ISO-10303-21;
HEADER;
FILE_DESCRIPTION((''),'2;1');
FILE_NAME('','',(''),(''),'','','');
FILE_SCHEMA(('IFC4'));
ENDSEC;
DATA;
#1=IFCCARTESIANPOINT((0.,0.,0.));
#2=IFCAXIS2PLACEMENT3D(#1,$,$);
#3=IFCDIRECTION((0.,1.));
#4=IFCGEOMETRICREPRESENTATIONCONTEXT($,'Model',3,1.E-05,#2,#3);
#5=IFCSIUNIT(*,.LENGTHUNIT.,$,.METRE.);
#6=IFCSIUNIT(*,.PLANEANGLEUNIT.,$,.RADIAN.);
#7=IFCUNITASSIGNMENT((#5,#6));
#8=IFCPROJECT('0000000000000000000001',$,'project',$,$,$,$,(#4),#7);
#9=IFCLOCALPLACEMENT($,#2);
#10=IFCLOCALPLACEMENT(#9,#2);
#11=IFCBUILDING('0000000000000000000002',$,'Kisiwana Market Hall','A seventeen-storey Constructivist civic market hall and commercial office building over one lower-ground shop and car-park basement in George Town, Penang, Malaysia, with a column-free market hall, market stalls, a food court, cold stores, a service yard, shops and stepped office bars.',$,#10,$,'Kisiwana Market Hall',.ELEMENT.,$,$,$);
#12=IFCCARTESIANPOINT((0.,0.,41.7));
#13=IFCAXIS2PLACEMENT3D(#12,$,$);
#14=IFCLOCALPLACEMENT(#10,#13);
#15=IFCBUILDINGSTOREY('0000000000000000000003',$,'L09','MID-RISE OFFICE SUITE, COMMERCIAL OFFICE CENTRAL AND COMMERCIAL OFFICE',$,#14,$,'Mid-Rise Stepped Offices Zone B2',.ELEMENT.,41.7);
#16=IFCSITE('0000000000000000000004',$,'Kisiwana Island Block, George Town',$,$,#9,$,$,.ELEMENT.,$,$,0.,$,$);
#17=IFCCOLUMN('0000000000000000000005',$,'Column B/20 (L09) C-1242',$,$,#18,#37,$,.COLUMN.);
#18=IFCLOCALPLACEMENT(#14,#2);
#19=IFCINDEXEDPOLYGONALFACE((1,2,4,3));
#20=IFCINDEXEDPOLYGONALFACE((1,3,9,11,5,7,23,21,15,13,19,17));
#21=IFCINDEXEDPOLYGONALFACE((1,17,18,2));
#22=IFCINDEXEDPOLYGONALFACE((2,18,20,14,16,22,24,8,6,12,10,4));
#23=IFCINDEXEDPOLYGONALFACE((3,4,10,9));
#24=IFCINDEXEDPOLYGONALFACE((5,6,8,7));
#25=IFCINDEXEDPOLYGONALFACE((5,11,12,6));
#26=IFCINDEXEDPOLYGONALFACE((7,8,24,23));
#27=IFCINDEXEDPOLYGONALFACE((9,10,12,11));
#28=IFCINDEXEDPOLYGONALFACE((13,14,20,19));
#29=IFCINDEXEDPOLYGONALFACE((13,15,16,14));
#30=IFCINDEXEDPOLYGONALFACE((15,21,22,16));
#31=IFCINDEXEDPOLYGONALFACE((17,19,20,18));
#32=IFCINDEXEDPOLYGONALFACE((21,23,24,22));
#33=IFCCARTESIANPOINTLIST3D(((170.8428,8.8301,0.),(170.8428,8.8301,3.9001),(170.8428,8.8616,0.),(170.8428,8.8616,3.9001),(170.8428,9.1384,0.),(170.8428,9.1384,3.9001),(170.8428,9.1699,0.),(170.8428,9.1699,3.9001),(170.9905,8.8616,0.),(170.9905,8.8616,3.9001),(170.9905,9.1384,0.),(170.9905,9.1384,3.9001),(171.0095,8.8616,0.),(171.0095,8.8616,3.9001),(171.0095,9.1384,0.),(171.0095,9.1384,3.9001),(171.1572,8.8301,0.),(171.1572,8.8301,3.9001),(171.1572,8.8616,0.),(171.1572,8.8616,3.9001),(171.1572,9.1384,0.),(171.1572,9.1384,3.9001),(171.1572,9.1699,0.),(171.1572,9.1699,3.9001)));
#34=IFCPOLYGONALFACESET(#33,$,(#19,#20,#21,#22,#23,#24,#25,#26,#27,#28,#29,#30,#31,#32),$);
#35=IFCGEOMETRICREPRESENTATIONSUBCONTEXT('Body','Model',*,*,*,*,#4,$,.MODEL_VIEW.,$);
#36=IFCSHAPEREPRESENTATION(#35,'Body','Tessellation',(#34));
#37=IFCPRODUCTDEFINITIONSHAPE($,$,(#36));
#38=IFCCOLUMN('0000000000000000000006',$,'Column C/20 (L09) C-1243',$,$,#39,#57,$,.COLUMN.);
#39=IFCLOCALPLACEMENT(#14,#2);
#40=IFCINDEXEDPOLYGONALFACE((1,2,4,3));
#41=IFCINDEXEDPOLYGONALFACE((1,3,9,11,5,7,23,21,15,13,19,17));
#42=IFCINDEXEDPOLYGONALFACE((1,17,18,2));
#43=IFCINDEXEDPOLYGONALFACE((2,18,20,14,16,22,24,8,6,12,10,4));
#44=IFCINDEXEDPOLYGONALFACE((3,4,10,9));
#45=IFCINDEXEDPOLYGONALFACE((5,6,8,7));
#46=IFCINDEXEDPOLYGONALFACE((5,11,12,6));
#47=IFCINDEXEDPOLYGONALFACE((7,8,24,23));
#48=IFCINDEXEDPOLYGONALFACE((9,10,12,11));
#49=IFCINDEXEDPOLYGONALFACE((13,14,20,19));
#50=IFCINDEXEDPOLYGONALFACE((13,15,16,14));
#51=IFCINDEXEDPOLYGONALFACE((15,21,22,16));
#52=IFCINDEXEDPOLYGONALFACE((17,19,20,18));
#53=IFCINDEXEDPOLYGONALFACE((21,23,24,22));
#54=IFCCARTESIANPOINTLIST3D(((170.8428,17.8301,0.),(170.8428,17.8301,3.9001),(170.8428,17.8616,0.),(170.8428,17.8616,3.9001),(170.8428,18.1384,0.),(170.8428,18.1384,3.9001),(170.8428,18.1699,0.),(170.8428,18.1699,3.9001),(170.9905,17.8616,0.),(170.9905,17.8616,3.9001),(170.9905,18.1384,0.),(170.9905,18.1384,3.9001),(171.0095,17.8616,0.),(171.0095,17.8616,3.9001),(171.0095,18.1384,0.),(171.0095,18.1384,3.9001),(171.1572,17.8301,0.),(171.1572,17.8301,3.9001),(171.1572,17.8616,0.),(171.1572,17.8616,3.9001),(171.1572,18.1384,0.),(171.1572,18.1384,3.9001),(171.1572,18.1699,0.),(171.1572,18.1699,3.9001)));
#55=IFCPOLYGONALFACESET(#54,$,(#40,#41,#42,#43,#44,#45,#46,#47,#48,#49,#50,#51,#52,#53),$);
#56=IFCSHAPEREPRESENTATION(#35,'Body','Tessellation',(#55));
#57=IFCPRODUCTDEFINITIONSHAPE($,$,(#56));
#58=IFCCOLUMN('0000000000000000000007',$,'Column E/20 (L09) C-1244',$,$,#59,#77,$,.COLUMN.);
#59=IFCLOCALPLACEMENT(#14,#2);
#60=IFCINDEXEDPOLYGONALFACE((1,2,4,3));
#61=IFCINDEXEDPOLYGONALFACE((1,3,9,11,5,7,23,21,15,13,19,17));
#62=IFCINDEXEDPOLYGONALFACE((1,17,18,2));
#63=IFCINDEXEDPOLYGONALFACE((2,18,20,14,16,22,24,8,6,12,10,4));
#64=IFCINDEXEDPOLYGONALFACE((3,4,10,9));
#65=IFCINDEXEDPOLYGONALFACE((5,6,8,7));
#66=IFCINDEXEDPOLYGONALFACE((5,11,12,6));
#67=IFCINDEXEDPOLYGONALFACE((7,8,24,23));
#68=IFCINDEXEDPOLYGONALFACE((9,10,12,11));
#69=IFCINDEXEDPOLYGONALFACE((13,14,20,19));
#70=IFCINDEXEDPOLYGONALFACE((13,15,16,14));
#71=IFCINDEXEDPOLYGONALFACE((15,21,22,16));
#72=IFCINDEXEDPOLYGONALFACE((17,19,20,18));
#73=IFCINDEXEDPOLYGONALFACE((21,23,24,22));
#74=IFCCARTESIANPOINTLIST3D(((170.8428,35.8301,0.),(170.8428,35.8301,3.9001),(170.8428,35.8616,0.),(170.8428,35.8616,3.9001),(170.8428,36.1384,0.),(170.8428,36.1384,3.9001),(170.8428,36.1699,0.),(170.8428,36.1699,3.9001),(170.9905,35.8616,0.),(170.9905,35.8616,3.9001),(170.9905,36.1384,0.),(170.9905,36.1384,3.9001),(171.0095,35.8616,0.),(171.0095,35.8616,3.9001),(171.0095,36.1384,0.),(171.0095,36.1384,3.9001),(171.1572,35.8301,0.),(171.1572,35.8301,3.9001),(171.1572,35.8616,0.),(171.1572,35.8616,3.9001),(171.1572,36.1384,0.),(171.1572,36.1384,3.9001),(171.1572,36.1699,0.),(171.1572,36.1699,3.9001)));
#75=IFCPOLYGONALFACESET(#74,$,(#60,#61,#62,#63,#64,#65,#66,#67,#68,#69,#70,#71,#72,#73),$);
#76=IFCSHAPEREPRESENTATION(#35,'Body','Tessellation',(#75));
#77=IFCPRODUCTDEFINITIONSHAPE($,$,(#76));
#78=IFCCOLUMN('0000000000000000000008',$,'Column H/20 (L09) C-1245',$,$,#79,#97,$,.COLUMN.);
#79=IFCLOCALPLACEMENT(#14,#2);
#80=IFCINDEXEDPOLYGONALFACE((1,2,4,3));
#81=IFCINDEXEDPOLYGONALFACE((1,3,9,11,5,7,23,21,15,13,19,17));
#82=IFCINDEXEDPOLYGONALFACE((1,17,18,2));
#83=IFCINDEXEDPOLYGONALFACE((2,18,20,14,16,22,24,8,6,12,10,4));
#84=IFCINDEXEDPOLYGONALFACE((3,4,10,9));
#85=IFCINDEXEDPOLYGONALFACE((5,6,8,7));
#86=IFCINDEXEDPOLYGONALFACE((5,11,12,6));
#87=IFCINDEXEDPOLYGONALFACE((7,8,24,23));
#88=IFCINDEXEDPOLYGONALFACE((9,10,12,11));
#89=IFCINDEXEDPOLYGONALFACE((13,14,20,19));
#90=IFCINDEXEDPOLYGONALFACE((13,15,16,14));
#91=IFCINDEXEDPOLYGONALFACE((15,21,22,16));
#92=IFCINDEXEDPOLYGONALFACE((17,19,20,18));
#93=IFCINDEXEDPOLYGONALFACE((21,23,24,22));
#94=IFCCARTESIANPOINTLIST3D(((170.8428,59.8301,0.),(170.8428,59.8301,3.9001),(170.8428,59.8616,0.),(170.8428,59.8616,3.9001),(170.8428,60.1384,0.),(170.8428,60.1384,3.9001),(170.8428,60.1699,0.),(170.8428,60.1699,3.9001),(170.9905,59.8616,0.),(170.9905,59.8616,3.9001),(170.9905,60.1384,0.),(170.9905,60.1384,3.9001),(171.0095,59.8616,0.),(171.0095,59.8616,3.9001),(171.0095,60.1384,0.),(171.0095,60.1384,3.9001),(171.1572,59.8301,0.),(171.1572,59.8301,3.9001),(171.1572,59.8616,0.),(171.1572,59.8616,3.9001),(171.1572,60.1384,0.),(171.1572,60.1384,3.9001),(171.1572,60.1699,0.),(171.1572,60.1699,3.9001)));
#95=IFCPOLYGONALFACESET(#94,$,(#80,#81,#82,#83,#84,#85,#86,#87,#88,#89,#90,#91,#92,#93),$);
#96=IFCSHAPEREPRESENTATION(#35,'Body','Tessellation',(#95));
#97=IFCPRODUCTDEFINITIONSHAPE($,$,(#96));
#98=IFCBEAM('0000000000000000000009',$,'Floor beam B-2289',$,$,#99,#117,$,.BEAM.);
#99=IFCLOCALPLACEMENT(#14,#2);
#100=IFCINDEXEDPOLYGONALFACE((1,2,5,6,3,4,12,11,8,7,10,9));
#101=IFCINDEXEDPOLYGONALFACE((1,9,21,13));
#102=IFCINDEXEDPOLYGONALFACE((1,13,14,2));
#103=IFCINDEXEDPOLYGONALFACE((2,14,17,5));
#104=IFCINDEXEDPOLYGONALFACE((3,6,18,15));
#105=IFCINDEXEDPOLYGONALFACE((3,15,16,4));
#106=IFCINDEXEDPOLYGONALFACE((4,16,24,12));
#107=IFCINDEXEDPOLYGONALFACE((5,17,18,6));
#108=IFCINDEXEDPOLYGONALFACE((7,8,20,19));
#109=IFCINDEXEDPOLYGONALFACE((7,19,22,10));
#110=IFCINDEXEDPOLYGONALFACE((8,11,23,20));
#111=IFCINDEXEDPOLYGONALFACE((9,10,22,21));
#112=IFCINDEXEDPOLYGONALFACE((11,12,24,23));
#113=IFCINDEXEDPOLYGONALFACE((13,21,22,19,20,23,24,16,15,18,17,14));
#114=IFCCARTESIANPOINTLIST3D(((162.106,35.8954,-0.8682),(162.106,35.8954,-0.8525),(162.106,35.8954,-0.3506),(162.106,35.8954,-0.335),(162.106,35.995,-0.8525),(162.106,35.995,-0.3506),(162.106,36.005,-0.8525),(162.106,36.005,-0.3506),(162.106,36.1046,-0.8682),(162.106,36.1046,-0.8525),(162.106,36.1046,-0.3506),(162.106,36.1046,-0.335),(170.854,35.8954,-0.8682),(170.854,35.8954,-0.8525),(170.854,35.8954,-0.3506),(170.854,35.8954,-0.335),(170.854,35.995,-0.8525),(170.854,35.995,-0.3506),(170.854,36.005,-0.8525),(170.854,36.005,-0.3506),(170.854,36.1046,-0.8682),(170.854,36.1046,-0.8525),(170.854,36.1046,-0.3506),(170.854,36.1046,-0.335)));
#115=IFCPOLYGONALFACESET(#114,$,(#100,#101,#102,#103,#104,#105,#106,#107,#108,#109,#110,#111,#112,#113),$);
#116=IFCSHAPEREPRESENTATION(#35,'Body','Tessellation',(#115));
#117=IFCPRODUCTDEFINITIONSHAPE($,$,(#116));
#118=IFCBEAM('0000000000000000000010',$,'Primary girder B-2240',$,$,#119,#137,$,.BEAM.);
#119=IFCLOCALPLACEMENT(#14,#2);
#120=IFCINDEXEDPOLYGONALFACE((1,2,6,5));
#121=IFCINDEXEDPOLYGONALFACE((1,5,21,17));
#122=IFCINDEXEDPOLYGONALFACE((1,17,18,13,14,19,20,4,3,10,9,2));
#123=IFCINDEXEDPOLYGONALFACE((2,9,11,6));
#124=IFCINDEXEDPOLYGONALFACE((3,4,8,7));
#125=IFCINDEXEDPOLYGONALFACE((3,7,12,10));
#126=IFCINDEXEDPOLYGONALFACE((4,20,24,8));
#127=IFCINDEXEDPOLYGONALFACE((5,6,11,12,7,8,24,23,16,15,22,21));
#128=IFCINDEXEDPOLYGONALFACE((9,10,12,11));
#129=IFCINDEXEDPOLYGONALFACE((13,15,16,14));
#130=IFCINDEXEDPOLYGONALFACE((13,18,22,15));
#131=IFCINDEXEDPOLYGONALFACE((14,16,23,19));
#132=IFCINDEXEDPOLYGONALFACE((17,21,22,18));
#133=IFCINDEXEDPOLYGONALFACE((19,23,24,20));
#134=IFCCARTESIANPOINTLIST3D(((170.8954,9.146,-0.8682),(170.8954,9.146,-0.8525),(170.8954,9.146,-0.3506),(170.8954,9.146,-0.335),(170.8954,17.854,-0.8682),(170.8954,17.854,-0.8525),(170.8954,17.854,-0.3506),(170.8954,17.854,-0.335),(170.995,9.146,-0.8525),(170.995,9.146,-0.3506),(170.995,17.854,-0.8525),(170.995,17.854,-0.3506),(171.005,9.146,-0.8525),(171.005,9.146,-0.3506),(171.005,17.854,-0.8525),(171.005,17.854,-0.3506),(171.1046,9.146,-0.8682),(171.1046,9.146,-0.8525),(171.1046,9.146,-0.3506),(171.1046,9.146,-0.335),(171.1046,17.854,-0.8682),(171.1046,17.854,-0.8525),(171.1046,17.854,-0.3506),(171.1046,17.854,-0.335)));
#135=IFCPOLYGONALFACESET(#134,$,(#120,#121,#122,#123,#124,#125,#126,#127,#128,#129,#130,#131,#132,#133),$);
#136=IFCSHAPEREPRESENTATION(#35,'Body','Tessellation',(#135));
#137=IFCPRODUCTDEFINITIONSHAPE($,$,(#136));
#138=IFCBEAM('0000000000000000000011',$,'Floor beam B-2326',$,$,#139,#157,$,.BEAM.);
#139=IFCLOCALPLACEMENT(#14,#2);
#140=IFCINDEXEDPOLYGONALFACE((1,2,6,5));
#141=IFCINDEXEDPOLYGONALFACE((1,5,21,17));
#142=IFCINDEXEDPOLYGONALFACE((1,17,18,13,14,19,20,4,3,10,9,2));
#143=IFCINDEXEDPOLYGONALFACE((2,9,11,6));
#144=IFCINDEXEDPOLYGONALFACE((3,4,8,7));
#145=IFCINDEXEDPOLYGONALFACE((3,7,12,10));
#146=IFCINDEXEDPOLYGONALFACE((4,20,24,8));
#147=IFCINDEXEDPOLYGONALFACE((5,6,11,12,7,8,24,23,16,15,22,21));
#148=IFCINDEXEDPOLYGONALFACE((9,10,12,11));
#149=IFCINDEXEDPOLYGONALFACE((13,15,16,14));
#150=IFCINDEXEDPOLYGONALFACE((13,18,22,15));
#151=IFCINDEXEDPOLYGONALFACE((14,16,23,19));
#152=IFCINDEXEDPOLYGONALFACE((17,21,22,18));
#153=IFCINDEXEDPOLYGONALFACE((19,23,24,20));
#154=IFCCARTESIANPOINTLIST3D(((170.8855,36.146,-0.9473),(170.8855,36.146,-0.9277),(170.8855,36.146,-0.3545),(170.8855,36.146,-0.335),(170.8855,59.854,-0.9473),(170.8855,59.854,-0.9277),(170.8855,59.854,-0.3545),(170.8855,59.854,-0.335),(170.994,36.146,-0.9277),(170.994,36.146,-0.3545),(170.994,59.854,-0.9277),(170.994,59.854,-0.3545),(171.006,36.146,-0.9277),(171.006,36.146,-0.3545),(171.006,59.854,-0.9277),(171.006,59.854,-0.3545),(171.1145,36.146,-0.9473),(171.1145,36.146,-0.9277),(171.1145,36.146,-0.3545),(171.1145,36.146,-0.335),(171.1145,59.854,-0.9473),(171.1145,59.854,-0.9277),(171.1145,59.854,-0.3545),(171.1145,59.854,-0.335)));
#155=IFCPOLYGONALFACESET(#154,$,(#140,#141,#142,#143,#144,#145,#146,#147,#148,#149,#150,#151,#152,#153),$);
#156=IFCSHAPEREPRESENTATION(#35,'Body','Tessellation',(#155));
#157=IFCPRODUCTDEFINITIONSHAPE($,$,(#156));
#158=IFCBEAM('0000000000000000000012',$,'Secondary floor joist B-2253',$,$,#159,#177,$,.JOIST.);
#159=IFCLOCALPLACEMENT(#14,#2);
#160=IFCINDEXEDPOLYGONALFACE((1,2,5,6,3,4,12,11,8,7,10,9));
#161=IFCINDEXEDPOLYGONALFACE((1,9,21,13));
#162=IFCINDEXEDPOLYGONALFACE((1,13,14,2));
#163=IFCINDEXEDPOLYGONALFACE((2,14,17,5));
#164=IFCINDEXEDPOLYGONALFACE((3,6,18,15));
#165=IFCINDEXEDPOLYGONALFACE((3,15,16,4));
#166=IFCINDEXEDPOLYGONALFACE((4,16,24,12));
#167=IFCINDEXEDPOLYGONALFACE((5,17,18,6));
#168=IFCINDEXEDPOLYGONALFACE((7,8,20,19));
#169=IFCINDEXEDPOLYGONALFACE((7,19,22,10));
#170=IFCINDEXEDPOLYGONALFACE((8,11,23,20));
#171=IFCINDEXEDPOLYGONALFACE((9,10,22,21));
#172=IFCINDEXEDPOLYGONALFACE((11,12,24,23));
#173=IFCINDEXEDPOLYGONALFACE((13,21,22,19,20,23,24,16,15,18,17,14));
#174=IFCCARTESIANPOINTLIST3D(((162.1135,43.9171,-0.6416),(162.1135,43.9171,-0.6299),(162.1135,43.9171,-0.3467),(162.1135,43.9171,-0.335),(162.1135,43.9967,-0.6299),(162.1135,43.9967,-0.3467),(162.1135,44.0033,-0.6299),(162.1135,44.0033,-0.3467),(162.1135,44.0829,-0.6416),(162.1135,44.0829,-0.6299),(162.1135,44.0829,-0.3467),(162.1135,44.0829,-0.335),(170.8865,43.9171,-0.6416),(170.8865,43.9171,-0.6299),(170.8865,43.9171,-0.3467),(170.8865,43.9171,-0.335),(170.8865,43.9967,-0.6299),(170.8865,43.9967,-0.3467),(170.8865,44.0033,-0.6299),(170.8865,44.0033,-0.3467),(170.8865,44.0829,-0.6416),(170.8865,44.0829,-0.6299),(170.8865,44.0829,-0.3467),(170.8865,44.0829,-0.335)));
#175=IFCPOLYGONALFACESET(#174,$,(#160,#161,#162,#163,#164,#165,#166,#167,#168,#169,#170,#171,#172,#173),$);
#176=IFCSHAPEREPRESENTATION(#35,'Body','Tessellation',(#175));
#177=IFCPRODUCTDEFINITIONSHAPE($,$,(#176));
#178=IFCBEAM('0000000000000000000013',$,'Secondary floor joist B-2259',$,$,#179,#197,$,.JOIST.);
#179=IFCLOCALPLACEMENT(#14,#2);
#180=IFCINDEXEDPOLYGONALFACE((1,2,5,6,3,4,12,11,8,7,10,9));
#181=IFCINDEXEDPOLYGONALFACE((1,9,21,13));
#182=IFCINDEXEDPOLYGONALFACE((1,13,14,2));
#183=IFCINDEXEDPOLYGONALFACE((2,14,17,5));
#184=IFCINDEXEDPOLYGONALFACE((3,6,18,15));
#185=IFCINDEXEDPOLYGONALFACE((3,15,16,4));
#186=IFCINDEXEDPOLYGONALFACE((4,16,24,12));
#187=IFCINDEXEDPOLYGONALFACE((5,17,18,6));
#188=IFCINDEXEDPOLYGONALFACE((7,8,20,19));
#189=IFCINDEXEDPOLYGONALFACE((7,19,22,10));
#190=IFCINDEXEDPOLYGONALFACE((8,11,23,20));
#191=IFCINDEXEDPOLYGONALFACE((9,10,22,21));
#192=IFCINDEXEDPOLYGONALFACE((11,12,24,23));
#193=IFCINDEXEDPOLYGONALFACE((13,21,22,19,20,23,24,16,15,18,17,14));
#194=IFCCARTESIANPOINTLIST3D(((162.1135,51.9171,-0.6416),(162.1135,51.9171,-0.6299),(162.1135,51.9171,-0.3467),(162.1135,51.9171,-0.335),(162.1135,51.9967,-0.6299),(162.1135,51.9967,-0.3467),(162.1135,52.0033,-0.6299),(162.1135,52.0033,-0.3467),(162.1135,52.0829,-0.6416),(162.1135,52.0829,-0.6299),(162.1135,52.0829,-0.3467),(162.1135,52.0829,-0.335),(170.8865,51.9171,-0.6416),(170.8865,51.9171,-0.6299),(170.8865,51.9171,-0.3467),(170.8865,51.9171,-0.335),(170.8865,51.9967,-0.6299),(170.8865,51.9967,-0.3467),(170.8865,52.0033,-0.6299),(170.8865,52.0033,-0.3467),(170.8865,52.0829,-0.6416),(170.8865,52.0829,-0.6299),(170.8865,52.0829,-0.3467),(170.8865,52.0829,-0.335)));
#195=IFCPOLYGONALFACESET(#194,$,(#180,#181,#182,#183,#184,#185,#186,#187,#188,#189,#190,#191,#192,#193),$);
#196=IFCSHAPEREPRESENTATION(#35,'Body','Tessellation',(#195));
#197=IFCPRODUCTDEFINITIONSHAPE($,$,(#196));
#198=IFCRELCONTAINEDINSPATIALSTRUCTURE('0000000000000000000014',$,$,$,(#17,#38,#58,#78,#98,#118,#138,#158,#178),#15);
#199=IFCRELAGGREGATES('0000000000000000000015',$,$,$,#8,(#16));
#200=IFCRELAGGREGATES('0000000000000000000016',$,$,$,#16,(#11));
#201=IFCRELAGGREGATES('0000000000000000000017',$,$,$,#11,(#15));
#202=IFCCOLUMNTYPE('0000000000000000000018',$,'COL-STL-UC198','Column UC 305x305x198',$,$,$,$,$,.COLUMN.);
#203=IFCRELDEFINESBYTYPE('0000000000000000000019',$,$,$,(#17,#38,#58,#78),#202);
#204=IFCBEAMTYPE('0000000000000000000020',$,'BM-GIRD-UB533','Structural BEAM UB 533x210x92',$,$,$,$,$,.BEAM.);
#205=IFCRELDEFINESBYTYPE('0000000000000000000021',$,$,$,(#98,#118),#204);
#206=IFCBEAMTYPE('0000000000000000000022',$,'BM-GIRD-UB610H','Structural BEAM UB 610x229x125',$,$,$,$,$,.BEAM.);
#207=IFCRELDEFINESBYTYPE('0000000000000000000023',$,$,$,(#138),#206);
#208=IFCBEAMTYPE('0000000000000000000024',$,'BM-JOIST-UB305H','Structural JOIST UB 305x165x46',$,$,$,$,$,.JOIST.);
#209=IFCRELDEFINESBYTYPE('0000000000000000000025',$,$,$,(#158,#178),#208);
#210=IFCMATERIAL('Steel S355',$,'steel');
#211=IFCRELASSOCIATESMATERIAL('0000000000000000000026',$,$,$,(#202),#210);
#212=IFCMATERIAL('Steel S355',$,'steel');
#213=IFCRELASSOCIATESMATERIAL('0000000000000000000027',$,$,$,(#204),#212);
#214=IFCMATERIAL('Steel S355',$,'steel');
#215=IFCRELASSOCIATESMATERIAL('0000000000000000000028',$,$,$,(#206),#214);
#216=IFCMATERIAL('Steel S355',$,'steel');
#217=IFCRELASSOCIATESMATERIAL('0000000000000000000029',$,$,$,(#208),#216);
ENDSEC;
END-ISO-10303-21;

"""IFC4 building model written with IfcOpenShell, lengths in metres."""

from ifc_helpers import new_model, si_unit, direction, frame, origin, origin_2d, place, context, subcontext, project, spatial, i_section, extrude, material, material_profile, profile_set, type_object, element, save


model = new_model("IFC4")

# Units and contexts
model_context = context("Model", 3, precision=1e-05, world=origin(), true_north=direction((0.0, 1.0)))
body_context = subcontext(model_context, "Body", "Model", "MODEL_VIEW")
ifc_project = project(units=[si_unit("LENGTHUNIT", "METRE"), si_unit("PLANEANGLEUNIT", "RADIAN")], contexts=[model_context])

# Site, building, storey
site_placement = place(None, origin())
site = spatial("IfcSite", under=ifc_project, at=site_placement, Name="Kisiwana Island Block, George Town", CompositionType="ELEMENT", RefElevation=0.0)
building_placement = place(site_placement, origin())
building = spatial("IfcBuilding", under=site, at=building_placement, Name="Kisiwana Market Hall", Description="A seventeen-storey Constructivist civic market hall and commercial office building over one lower-ground shop and car-park basement in George Town, Penang, Malaysia, with a column-free market hall, market stalls, a food court, cold stores, a service yard, shops and stepped office bars.", LongName="Kisiwana Market Hall", CompositionType="ELEMENT")
storey_placement = place(building_placement, frame((0.0, 0.0, 41.7)))
storey = spatial("IfcBuildingStorey", under=building, at=storey_placement, Name="L09", Description="MID-RISE OFFICE SUITE, COMMERCIAL OFFICE CENTRAL AND COMMERCIAL OFFICE", LongName="Mid-Rise Stepped Offices Zone B2", CompositionType="ELEMENT", Elevation=41.7)

# Columns
ifc_material_1 = material(Name="Steel S355", Category="steel")
ifc_material_profile_1 = material_profile(ifc_material_1, i_section(OverallWidth=0.3145, OverallDepth=0.3398, WebThickness=0.019, FlangeThickness=0.0315, at=origin_2d()), Name="UC 305x305x198")
ifc_profile_set_1 = profile_set([ifc_material_profile_1], Name="Steel S355")
column_type = type_object("IfcColumnType", Name="COL-STL-UC198", Description="Column UC 305x305x198", PredefinedType="COLUMN", material=ifc_profile_set_1)
for number, where, z_axis, x_axis, name in (
    (1, (171.0, 9.0, 0.0), (0.0, 0.0, 1.0), (1.0, 0.0, 0.0), "Column B/20 (L09) C-1242"),
    (2, (171.0, 18.0, 0.0), (0.0, 0.0, 1.0), (1.0, 0.0, 0.0), "Column C/20 (L09) C-1243"),
    (3, (171.0, 36.0, 0.0), (0.0, 0.0, 1.0), (1.0, 0.0, 0.0), "Column E/20 (L09) C-1244"),
    (4, (171.0, 60.0, 0.0), (0.0, 0.0, 1.0), (1.0, 0.0, 0.0), "Column H/20 (L09) C-1245"),
):
    element("IfcColumn", number, at=place(storey_placement, frame(where, z_axis=z_axis, x_axis=x_axis)), inside=storey, type_object=column_type, Name=name, PredefinedType="COLUMN", context=body_context, shape_type="SweptSolid", body=[
        extrude(i_section(OverallWidth=0.3145, OverallDepth=0.3398, WebThickness=0.019, FlangeThickness=0.0315, at=origin_2d()), origin(), (0.0, 0.0, 1.0), 3.9001),
    ])

# Beams
ifc_material_2 = material(Name="Steel S355", Category="steel")
ifc_material_profile_2 = material_profile(ifc_material_2, i_section(OverallWidth=0.2092, OverallDepth=0.5332, WebThickness=0.01, FlangeThickness=0.0156, at=origin_2d()), Name="UB 533x210x92")
ifc_profile_set_2 = profile_set([ifc_material_profile_2], Name="Steel S355")
beam_type_1 = type_object("IfcBeamType", Name="BM-GIRD-UB533", Description="Structural BEAM UB 533x210x92", PredefinedType="BEAM", material=ifc_profile_set_2)
beam_1_placement = place(storey_placement, frame((162.106, 36.0, -0.6016), z_axis=(1.0, 0.0, 0.0), x_axis=(0.0, 1.0, 0.0)))
element("IfcBeam", 5, at=beam_1_placement, inside=storey, type_object=beam_type_1, Name="Floor beam B-2289", PredefinedType="BEAM", context=body_context, shape_type="SweptSolid", body=[
    extrude(i_section(OverallWidth=0.2092, OverallDepth=0.5332, WebThickness=0.01, FlangeThickness=0.0156, at=origin_2d()), origin(), (0.0, 0.0, 1.0), 8.748),
])
beam_2_placement = place(storey_placement, frame((171.0, 9.146, -0.6016), z_axis=(0.0, 1.0, 0.0), x_axis=(-1.0, 0.0, 0.0)))
element("IfcBeam", 6, at=beam_2_placement, inside=storey, type_object=beam_type_1, Name="Primary girder B-2240", PredefinedType="BEAM", context=body_context, shape_type="SweptSolid", body=[
    extrude(i_section(OverallWidth=0.2092, OverallDepth=0.5332, WebThickness=0.01, FlangeThickness=0.0156, at=origin_2d()), origin(), (0.0, 0.0, 1.0), 8.708),
])
ifc_material_3 = material(Name="Steel S355", Category="steel")
ifc_material_profile_3 = material_profile(ifc_material_3, i_section(OverallWidth=0.229, OverallDepth=0.6123, WebThickness=0.012, FlangeThickness=0.0195, at=origin_2d()), Name="UB 610x229x125")
ifc_profile_set_3 = profile_set([ifc_material_profile_3], Name="Steel S355")
beam_type_2 = type_object("IfcBeamType", Name="BM-GIRD-UB610H", Description="Structural BEAM UB 610x229x125", PredefinedType="BEAM", material=ifc_profile_set_3)
beam_3_placement = place(storey_placement, frame((171.0, 36.146, -0.6411), z_axis=(0.0, 1.0, 0.0), x_axis=(-1.0, 0.0, 0.0)))
element("IfcBeam", 7, at=beam_3_placement, inside=storey, type_object=beam_type_2, Name="Floor beam B-2326", PredefinedType="BEAM", context=body_context, shape_type="SweptSolid", body=[
    extrude(i_section(OverallWidth=0.229, OverallDepth=0.6123, WebThickness=0.012, FlangeThickness=0.0195, at=origin_2d()), origin(), (0.0, 0.0, 1.0), 23.708),
])
ifc_material_4 = material(Name="Steel S355", Category="steel")
ifc_material_profile_4 = material_profile(ifc_material_4, i_section(OverallWidth=0.1658, OverallDepth=0.3066, WebThickness=0.0066, FlangeThickness=0.0117, at=origin_2d()), Name="UB 305x165x46")
ifc_profile_set_4 = profile_set([ifc_material_profile_4], Name="Steel S355")
beam_type_3 = type_object("IfcBeamType", Name="BM-JOIST-UB305H", Description="Structural JOIST UB 305x165x46", PredefinedType="JOIST", material=ifc_profile_set_4)
for number, where, z_axis, x_axis, name in (
    (8, (162.1135, 44.0, -0.4883), (1.0, 0.0, 0.0), (0.0, 1.0, 0.0), "Secondary floor joist B-2253"),
    (9, (162.1135, 52.0, -0.4883), (1.0, 0.0, 0.0), (0.0, 1.0, 0.0), "Secondary floor joist B-2259"),
):
    element("IfcBeam", number, at=place(storey_placement, frame(where, z_axis=z_axis, x_axis=x_axis)), inside=storey, type_object=beam_type_3, Name=name, PredefinedType="JOIST", context=body_context, shape_type="SweptSolid", body=[
        extrude(i_section(OverallWidth=0.1658, OverallDepth=0.3066, WebThickness=0.0066, FlangeThickness=0.0117, at=origin_2d()), origin(), (0.0, 0.0, 1.0), 8.7729),
    ])

save(model, "model.ifc")
